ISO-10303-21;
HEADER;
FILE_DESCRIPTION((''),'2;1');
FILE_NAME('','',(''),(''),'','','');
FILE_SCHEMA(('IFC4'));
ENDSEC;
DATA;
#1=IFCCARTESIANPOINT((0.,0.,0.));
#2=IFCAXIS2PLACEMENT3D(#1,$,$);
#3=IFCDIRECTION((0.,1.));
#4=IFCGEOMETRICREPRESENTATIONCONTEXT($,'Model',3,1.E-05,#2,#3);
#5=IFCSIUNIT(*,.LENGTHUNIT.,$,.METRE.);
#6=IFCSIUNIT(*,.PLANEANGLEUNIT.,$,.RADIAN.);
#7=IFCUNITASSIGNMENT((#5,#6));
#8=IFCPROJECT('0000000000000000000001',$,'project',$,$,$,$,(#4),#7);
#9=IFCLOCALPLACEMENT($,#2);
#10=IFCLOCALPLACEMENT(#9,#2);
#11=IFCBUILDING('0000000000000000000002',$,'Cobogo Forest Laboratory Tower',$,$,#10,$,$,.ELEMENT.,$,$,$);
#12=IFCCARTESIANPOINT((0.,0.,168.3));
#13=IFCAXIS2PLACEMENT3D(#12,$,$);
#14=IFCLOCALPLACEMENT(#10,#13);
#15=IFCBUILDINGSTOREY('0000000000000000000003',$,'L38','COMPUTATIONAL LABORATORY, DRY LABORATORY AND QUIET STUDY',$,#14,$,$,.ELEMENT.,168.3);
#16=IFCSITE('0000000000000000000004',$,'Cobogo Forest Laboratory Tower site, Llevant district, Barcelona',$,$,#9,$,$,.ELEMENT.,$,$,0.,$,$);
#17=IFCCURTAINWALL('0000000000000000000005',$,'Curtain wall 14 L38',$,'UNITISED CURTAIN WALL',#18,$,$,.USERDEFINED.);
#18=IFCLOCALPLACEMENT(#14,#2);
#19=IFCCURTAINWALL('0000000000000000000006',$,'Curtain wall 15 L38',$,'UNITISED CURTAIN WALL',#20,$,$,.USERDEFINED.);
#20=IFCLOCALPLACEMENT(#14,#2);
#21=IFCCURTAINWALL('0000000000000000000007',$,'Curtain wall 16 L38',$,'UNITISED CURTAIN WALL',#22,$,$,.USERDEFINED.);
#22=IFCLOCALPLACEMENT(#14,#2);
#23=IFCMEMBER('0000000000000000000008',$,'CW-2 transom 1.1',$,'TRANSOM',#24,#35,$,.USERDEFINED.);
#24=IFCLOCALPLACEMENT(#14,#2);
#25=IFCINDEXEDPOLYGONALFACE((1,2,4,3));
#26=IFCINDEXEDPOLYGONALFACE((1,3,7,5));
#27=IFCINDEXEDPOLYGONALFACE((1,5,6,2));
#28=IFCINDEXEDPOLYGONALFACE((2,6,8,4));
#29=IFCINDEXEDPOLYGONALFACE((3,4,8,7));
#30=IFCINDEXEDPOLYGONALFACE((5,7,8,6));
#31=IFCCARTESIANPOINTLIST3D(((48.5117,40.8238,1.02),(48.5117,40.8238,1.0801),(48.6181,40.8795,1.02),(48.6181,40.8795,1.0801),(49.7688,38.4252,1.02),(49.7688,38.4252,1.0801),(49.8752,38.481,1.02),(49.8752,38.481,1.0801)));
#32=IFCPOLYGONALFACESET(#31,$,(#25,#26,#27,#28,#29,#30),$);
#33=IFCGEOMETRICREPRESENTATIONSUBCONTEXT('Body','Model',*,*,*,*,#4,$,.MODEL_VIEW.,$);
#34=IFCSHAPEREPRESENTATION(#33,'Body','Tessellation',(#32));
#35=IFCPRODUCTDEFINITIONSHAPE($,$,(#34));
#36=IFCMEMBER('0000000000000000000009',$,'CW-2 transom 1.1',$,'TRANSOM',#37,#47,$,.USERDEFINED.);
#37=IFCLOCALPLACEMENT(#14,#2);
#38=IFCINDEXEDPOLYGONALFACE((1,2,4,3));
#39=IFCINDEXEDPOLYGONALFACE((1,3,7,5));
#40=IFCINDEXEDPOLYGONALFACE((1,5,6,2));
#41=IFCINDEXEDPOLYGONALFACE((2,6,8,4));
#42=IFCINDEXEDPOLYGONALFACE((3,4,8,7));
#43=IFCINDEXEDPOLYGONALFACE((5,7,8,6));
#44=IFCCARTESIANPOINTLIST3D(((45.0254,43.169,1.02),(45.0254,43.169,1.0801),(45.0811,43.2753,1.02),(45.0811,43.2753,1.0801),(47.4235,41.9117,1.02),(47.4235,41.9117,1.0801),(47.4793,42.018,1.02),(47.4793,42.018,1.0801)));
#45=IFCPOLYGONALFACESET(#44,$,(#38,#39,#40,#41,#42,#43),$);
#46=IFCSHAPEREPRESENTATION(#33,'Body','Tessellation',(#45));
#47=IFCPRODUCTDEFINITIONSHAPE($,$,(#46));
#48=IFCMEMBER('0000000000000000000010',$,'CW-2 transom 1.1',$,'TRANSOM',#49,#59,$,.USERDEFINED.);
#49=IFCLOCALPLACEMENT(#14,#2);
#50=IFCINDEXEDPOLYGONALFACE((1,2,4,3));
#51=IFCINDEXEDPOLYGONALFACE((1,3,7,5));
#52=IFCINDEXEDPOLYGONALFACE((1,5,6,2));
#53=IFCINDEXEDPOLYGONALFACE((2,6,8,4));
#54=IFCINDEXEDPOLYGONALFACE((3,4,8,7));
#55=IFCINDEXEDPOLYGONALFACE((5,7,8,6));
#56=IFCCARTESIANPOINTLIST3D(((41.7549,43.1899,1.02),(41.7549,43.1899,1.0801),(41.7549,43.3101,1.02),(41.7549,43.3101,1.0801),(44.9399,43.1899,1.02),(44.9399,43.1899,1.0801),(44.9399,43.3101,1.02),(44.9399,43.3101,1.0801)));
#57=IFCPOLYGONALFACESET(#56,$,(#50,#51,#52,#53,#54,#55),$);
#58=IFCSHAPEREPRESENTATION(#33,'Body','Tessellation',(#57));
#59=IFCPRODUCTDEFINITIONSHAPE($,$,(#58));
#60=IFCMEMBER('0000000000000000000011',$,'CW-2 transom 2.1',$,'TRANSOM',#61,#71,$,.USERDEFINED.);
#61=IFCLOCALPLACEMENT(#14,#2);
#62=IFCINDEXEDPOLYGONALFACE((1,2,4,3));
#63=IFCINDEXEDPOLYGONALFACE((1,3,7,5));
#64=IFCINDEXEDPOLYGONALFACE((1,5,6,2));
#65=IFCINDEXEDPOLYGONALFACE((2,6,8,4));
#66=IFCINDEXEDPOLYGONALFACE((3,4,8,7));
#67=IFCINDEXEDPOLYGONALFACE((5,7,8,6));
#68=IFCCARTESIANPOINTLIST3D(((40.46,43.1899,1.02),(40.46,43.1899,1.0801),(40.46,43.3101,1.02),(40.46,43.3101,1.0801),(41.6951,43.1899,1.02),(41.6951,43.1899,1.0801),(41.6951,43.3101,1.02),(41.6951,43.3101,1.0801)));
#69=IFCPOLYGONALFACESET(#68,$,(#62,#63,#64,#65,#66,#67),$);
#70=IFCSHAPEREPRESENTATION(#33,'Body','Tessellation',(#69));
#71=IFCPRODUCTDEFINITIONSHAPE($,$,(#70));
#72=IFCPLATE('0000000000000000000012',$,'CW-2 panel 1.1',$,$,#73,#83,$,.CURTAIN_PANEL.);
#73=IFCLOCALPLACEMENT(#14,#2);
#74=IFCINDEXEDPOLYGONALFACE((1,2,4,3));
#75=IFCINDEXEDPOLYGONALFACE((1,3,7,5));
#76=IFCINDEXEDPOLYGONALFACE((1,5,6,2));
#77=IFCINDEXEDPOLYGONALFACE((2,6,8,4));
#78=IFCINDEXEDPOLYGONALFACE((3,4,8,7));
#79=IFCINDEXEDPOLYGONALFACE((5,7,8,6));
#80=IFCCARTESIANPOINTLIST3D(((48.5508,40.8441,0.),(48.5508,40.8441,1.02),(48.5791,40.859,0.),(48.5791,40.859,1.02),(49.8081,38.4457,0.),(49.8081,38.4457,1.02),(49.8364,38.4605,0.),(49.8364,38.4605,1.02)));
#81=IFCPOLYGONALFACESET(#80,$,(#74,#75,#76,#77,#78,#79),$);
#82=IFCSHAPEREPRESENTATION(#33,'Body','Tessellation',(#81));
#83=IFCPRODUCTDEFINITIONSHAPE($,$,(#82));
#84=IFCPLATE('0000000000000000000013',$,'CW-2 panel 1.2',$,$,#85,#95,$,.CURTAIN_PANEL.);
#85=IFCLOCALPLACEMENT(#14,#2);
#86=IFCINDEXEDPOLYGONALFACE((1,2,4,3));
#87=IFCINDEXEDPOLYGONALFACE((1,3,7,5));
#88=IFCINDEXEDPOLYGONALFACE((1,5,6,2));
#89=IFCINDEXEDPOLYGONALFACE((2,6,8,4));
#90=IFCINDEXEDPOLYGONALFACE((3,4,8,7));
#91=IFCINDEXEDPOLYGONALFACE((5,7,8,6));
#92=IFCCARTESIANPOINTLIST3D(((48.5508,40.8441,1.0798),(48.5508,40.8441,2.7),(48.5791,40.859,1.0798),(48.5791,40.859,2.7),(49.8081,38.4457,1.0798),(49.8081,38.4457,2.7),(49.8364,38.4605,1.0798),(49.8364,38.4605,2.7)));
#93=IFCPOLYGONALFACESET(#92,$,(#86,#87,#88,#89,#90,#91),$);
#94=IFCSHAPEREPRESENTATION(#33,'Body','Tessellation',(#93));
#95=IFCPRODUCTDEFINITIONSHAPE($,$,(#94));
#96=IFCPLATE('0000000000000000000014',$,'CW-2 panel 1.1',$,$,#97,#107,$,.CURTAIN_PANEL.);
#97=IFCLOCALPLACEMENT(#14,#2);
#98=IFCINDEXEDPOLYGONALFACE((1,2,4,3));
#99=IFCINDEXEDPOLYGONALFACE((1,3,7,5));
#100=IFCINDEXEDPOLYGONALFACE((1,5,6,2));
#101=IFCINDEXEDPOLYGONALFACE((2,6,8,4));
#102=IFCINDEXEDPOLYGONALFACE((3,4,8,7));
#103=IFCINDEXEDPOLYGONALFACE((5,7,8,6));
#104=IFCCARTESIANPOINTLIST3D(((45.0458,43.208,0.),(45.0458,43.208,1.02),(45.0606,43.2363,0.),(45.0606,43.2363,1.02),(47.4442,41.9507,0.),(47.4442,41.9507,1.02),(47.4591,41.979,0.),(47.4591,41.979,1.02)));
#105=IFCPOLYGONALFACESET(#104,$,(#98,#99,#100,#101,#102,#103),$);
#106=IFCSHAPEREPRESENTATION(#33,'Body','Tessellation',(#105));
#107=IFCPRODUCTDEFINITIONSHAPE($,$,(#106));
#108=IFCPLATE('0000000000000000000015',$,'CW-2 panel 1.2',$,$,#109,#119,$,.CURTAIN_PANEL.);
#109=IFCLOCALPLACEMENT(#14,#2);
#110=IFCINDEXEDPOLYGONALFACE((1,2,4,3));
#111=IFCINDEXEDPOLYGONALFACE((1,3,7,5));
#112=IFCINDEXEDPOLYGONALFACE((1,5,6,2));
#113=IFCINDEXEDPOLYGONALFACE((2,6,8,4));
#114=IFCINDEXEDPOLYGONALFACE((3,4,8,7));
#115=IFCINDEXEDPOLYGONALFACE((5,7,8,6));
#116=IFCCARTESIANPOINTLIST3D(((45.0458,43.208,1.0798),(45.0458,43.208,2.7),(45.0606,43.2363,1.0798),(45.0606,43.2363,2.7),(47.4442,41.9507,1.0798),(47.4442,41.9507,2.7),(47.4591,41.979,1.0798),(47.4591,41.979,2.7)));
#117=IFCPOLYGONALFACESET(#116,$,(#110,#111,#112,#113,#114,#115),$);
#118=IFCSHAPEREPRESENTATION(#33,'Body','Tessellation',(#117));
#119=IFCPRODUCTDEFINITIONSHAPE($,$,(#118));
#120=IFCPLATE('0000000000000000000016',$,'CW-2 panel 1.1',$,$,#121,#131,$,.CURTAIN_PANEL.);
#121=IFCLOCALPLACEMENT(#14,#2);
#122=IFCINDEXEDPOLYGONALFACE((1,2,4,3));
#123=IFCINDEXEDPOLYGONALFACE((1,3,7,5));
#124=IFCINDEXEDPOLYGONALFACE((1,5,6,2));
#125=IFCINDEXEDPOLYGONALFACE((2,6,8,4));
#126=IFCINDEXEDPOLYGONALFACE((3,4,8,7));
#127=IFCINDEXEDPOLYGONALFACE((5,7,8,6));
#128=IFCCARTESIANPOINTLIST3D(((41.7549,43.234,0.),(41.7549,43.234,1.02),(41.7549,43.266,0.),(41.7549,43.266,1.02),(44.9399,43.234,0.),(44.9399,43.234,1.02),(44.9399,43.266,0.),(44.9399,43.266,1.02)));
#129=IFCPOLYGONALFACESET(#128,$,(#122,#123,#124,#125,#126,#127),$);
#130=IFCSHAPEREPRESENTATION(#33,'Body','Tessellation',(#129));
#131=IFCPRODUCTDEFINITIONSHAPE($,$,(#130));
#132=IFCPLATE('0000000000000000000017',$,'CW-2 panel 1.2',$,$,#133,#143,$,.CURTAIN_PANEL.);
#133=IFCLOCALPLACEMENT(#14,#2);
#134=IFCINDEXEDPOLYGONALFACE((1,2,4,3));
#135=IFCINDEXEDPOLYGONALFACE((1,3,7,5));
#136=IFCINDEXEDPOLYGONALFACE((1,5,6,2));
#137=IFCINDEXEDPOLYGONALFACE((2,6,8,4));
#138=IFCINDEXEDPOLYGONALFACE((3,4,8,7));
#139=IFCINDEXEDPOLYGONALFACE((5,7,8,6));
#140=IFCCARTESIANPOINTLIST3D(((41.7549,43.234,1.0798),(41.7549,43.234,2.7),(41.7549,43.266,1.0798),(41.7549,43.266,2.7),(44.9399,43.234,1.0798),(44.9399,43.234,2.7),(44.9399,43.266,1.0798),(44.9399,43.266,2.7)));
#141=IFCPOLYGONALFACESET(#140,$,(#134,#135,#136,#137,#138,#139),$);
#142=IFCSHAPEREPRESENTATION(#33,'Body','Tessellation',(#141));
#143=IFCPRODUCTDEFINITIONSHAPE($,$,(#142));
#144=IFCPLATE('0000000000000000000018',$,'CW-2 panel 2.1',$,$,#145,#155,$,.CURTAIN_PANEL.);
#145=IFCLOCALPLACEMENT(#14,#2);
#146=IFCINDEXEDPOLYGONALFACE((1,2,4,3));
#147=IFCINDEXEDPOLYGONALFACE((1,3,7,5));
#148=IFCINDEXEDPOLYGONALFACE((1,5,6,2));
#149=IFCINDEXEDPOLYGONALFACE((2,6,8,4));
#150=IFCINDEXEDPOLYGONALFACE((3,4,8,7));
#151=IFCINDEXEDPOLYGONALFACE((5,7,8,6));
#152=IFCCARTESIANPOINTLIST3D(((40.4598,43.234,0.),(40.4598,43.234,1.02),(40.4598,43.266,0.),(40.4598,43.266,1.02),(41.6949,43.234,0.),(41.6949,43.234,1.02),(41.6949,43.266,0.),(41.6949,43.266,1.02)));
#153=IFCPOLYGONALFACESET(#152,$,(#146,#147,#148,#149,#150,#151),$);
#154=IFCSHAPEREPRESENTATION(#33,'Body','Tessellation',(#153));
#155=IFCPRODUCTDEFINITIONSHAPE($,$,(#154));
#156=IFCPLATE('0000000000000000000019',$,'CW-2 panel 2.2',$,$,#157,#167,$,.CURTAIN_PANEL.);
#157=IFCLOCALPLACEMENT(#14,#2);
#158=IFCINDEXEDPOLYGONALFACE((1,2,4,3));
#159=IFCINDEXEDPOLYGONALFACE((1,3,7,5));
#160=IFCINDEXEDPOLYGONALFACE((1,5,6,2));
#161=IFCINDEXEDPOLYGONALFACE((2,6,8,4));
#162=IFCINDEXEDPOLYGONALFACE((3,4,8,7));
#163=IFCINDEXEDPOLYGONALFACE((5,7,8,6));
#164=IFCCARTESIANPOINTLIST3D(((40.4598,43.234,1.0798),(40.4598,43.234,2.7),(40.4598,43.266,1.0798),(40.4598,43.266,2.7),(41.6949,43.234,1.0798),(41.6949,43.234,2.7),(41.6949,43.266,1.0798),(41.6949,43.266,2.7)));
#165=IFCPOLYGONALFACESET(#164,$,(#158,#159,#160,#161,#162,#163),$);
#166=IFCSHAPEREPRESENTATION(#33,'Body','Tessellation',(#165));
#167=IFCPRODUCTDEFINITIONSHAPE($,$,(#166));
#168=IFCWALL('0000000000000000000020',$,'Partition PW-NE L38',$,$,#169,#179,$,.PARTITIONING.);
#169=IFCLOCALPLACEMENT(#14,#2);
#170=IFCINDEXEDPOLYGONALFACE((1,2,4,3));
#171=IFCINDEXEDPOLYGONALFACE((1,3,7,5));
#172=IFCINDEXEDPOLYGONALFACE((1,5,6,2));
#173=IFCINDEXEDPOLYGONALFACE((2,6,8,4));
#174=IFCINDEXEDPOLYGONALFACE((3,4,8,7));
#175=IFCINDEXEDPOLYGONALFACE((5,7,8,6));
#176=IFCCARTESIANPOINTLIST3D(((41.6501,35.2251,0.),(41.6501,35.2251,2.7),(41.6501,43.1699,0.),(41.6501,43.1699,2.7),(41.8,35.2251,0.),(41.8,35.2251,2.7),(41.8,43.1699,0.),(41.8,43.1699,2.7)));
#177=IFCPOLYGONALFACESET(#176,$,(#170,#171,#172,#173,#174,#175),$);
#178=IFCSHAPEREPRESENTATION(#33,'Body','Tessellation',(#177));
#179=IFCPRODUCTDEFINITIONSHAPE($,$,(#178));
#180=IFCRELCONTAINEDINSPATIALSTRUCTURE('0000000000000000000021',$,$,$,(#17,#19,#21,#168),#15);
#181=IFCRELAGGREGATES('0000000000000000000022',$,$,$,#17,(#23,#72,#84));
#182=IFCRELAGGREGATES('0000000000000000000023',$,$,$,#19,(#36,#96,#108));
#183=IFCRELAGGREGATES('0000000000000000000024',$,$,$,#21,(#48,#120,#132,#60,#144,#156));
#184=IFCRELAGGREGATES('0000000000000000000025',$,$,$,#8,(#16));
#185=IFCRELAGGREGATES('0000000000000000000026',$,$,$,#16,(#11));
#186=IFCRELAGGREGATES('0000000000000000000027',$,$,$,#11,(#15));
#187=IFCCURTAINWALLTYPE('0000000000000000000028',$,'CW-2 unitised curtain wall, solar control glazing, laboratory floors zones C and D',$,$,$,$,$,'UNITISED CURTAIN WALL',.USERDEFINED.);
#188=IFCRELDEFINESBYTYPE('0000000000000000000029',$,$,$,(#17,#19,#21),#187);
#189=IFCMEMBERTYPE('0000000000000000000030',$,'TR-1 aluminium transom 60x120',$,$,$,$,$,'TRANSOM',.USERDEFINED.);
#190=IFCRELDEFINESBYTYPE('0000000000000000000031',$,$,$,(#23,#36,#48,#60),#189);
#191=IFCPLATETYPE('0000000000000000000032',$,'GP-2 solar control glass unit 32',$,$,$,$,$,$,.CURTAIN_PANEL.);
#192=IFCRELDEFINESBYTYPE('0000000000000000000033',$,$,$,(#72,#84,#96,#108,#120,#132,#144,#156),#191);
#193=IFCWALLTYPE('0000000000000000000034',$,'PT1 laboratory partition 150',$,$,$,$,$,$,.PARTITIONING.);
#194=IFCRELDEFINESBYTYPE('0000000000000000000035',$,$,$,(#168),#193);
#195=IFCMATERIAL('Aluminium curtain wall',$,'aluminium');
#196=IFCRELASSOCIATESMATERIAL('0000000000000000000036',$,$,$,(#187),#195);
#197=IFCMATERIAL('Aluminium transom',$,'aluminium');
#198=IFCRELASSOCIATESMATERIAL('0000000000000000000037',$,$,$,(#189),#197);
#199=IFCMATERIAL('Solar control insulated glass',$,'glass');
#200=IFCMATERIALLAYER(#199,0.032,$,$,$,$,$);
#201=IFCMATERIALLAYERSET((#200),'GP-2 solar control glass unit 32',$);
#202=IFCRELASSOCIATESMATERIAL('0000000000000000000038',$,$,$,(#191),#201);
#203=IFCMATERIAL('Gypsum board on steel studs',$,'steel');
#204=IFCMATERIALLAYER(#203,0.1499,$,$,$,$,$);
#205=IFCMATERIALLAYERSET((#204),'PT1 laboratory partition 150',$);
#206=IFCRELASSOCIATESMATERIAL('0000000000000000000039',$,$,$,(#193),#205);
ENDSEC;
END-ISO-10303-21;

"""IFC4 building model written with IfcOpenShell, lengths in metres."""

from ifc_helpers import new_model, si_unit, direction, frame, frame_2d, origin, origin_2d, place, context, subcontext, project, spatial, rectangle, extrude, material, layer, layer_set, material_profile, profile_set, type_object, element, aggregate, save


model = new_model("IFC4")

# Units and contexts
model_context = context("Model", 3, precision=1e-05, world=origin(), true_north=direction((0.0, 1.0)))
body_context = subcontext(model_context, "Body", "Model", "MODEL_VIEW")
ifc_project = project(units=[si_unit("LENGTHUNIT", "METRE"), si_unit("PLANEANGLEUNIT", "RADIAN")], contexts=[model_context])

# Site, building, storey
site_placement = place(None, origin())
site = spatial("IfcSite", under=ifc_project, at=site_placement, Name="Cobogo Forest Laboratory Tower site, Llevant district, Barcelona", CompositionType="ELEMENT", RefElevation=0.0)
building_placement = place(site_placement, origin())
building = spatial("IfcBuilding", under=site, at=building_placement, Name="Cobogo Forest Laboratory Tower", CompositionType="ELEMENT")
storey_placement = place(building_placement, frame((0.0, 0.0, 168.3)))
storey = spatial("IfcBuildingStorey", under=building, at=storey_placement, Name="L38", Description="COMPUTATIONAL LABORATORY, DRY LABORATORY AND QUIET STUDY", CompositionType="ELEMENT", Elevation=168.3)

# Curtain walls
ifc_material_1 = material(Name="Aluminium curtain wall", Category="aluminium")
curtain_wall_type = type_object("IfcCurtainWallType", Name="CW-2 unitised curtain wall, solar control glazing, laboratory floors zones C and D", ElementType="UNITISED CURTAIN WALL", PredefinedType="USERDEFINED", material=ifc_material_1)
curtain_wall_1_placement = place(storey_placement, origin())
curtain_wall_1 = element("IfcCurtainWall", 1, at=curtain_wall_1_placement, inside=storey, type_object=curtain_wall_type, Name="Curtain wall 14 L38", ObjectType="UNITISED CURTAIN WALL", PredefinedType="USERDEFINED")
curtain_wall_2_placement = place(storey_placement, origin())
curtain_wall_2 = element("IfcCurtainWall", 2, at=curtain_wall_2_placement, inside=storey, type_object=curtain_wall_type, Name="Curtain wall 15 L38", ObjectType="UNITISED CURTAIN WALL", PredefinedType="USERDEFINED")
curtain_wall_3_placement = place(storey_placement, origin())
curtain_wall_3 = element("IfcCurtainWall", 3, at=curtain_wall_3_placement, inside=storey, type_object=curtain_wall_type, Name="Curtain wall 16 L38", ObjectType="UNITISED CURTAIN WALL", PredefinedType="USERDEFINED")

# Members
ifc_material_2 = material(Name="Aluminium transom", Category="aluminium")
ifc_material_profile_1 = material_profile(ifc_material_2, rectangle(XDim=0.1201, YDim=0.0601, at=origin_2d()), Name="AL 60x120")
ifc_profile_set_1 = profile_set([ifc_material_profile_1], Name="Aluminium transom")
member_type_1 = type_object("IfcMemberType", Name="TR-1 aluminium transom 60x120", ElementType="TRANSOM", PredefinedType="USERDEFINED", material=ifc_profile_set_1)
member_1_placement = place(storey_placement, frame((49.822, 38.4531, 1.05), z_axis=(-0.464226, 0.885717, 0.0), x_axis=(-0.885717, -0.464226, 0.0)))
member_1 = element("IfcMember", 4, at=member_1_placement, type_object=member_type_1, Name="CW-2 transom 1.1", ObjectType="TRANSOM", PredefinedType="USERDEFINED", context=body_context, shape_type="SweptSolid", body=[
    extrude(rectangle(XDim=0.1201, YDim=0.0601, at=origin_2d()), origin(), (0.0, 0.0, 1.0), 2.708),
])
member_2_placement = place(storey_placement, frame((47.4514, 41.9648, 1.05), z_axis=(-0.88566, 0.464334, 0.0), x_axis=(-0.464334, -0.88566, 0.0)))
member_2 = element("IfcMember", 5, at=member_2_placement, type_object=member_type_1, Name="CW-2 transom 1.1", ObjectType="TRANSOM", PredefinedType="USERDEFINED", context=body_context, shape_type="SweptSolid", body=[
    extrude(rectangle(XDim=0.1201, YDim=0.0601, at=origin_2d()), origin(), (0.0, 0.0, 1.0), 2.7078),
])
member_3_placement = place(storey_placement, frame((44.9399, 43.25, 1.05), z_axis=(-1.0, 0.0, 0.0), x_axis=(0.0, -1.0, 0.0)))
member_3 = element("IfcMember", 6, at=member_3_placement, type_object=member_type_1, Name="CW-2 transom 1.1", ObjectType="TRANSOM", PredefinedType="USERDEFINED", context=body_context, shape_type="SweptSolid", body=[
    extrude(rectangle(XDim=0.1201, YDim=0.0601, at=origin_2d()), origin(), (0.0, 0.0, 1.0), 3.1851),
])
member_4_placement = place(storey_placement, frame((41.6951, 43.25, 1.05), z_axis=(-1.0, 0.0, 0.0), x_axis=(0.0, -1.0, 0.0)))
member_4 = element("IfcMember", 7, at=member_4_placement, type_object=member_type_1, Name="CW-2 transom 2.1", ObjectType="TRANSOM", PredefinedType="USERDEFINED", context=body_context, shape_type="SweptSolid", body=[
    extrude(rectangle(XDim=0.1201, YDim=0.0601, at=origin_2d()), origin(), (0.0, 0.0, 1.0), 1.2351),
])

# Plates
ifc_material_3 = material(Name="Solar control insulated glass", Category="glass")
ifc_layer_1 = layer(ifc_material_3, 0.032)
ifc_layer_set_1 = layer_set([ifc_layer_1], Name="GP-2 solar control glass unit 32")
plate_type = type_object("IfcPlateType", Name="GP-2 solar control glass unit 32", PredefinedType="CURTAIN_PANEL", material=ifc_layer_set_1)
plate_1_placement = place(storey_placement, frame((49.1936, 39.6523, 0.0), z_axis=(0.0, 0.0, 1.0), x_axis=(-0.464284, 0.885686, 0.0)))
plate_1 = element("IfcPlate", 8, at=plate_1_placement, type_object=plate_type, Name="CW-2 panel 1.1", PredefinedType="CURTAIN_PANEL", context=body_context, shape_type="SweptSolid", body=[
    extrude(rectangle(XDim=2.708, YDim=0.032, at=origin_2d()), origin(), (0.0, 0.0, 1.0), 1.02),
])
plate_2_placement = place(storey_placement, frame((49.1936, 39.6523, 1.0798), z_axis=(0.0, 0.0, 1.0), x_axis=(-0.464284, 0.885686, 0.0)))
plate_2 = element("IfcPlate", 9, at=plate_2_placement, type_object=plate_type, Name="CW-2 panel 1.2", PredefinedType="CURTAIN_PANEL", context=body_context, shape_type="SweptSolid", body=[
    extrude(rectangle(XDim=2.708, YDim=0.032, at=origin_2d()), origin(), (0.0, 0.0, 1.0), 1.6201),
])
aggregate(curtain_wall_1, [member_1, plate_1, plate_2])
plate_3_placement = place(storey_placement, frame((46.2524, 42.5935, 0.0), z_axis=(0.0, 0.0, 1.0), x_axis=(-0.885686, 0.464284, 0.0)))
plate_3 = element("IfcPlate", 10, at=plate_3_placement, type_object=plate_type, Name="CW-2 panel 1.1", PredefinedType="CURTAIN_PANEL", context=body_context, shape_type="SweptSolid", body=[
    extrude(rectangle(XDim=2.708, YDim=0.032, at=origin_2d()), origin(), (0.0, 0.0, 1.0), 1.02),
])
plate_4_placement = place(storey_placement, frame((46.2524, 42.5935, 1.0798), z_axis=(0.0, 0.0, 1.0), x_axis=(-0.885686, 0.464284, 0.0)))
plate_4 = element("IfcPlate", 11, at=plate_4_placement, type_object=plate_type, Name="CW-2 panel 1.2", PredefinedType="CURTAIN_PANEL", context=body_context, shape_type="SweptSolid", body=[
    extrude(rectangle(XDim=2.708, YDim=0.032, at=origin_2d()), origin(), (0.0, 0.0, 1.0), 1.6201),
])
aggregate(curtain_wall_2, [member_2, plate_3, plate_4])
plate_5_placement = place(storey_placement, frame((43.3474, 43.25, 0.0), z_axis=(0.0, 0.0, 1.0), x_axis=(-1.0, 0.0, 0.0)))
plate_5 = element("IfcPlate", 12, at=plate_5_placement, type_object=plate_type, Name="CW-2 panel 1.1", PredefinedType="CURTAIN_PANEL", context=body_context, shape_type="SweptSolid", body=[
    extrude(rectangle(XDim=3.1851, YDim=0.032, at=origin_2d()), origin(), (0.0, 0.0, 1.0), 1.02),
])
plate_6_placement = place(storey_placement, frame((43.3474, 43.25, 1.0798), z_axis=(0.0, 0.0, 1.0), x_axis=(-1.0, 0.0, 0.0)))
plate_6 = element("IfcPlate", 13, at=plate_6_placement, type_object=plate_type, Name="CW-2 panel 1.2", PredefinedType="CURTAIN_PANEL", context=body_context, shape_type="SweptSolid", body=[
    extrude(rectangle(XDim=3.1851, YDim=0.032, at=origin_2d()), origin(), (0.0, 0.0, 1.0), 1.6201),
])
plate_7_placement = place(storey_placement, frame((41.0774, 43.25, 0.0), z_axis=(0.0, 0.0, 1.0), x_axis=(-1.0, 0.0, 0.0)))
plate_7 = element("IfcPlate", 14, at=plate_7_placement, type_object=plate_type, Name="CW-2 panel 2.1", PredefinedType="CURTAIN_PANEL", context=body_context, shape_type="SweptSolid", body=[
    extrude(rectangle(XDim=1.2351, YDim=0.032, at=origin_2d()), origin(), (0.0, 0.0, 1.0), 1.02),
])
plate_8_placement = place(storey_placement, frame((41.0774, 43.25, 1.0798), z_axis=(0.0, 0.0, 1.0), x_axis=(-1.0, 0.0, 0.0)))
plate_8 = element("IfcPlate", 15, at=plate_8_placement, type_object=plate_type, Name="CW-2 panel 2.2", PredefinedType="CURTAIN_PANEL", context=body_context, shape_type="SweptSolid", body=[
    extrude(rectangle(XDim=1.2351, YDim=0.032, at=origin_2d()), origin(), (0.0, 0.0, 1.0), 1.6201),
])
aggregate(curtain_wall_3, [member_3, plate_5, plate_6, member_4, plate_7, plate_8])

# Wall
ifc_material_4 = material(Name="Gypsum board on steel studs", Category="steel")
ifc_layer_2 = layer(ifc_material_4, 0.1499)
ifc_layer_set_2 = layer_set([ifc_layer_2], Name="PT1 laboratory partition 150")
wall_type = type_object("IfcWallType", Name="PT1 laboratory partition 150", PredefinedType="PARTITIONING", material=ifc_layer_set_2)
wall_placement = place(storey_placement, frame((41.7251, 43.1699, 0.0), z_axis=(0.0, 0.0, 1.0), x_axis=(0.0, -1.0, 0.0)))
element("IfcWall", 16, at=wall_placement, inside=storey, type_object=wall_type, Name="Partition PW-NE L38", PredefinedType="PARTITIONING", context=body_context, shape_type="SweptSolid", body=[
    extrude(rectangle(XDim=7.9448, YDim=0.1499, at=frame_2d((3.9724, 0.0))), origin(), (0.0, 0.0, 1.0), 2.7),
])

save(model, "model.ifc")
